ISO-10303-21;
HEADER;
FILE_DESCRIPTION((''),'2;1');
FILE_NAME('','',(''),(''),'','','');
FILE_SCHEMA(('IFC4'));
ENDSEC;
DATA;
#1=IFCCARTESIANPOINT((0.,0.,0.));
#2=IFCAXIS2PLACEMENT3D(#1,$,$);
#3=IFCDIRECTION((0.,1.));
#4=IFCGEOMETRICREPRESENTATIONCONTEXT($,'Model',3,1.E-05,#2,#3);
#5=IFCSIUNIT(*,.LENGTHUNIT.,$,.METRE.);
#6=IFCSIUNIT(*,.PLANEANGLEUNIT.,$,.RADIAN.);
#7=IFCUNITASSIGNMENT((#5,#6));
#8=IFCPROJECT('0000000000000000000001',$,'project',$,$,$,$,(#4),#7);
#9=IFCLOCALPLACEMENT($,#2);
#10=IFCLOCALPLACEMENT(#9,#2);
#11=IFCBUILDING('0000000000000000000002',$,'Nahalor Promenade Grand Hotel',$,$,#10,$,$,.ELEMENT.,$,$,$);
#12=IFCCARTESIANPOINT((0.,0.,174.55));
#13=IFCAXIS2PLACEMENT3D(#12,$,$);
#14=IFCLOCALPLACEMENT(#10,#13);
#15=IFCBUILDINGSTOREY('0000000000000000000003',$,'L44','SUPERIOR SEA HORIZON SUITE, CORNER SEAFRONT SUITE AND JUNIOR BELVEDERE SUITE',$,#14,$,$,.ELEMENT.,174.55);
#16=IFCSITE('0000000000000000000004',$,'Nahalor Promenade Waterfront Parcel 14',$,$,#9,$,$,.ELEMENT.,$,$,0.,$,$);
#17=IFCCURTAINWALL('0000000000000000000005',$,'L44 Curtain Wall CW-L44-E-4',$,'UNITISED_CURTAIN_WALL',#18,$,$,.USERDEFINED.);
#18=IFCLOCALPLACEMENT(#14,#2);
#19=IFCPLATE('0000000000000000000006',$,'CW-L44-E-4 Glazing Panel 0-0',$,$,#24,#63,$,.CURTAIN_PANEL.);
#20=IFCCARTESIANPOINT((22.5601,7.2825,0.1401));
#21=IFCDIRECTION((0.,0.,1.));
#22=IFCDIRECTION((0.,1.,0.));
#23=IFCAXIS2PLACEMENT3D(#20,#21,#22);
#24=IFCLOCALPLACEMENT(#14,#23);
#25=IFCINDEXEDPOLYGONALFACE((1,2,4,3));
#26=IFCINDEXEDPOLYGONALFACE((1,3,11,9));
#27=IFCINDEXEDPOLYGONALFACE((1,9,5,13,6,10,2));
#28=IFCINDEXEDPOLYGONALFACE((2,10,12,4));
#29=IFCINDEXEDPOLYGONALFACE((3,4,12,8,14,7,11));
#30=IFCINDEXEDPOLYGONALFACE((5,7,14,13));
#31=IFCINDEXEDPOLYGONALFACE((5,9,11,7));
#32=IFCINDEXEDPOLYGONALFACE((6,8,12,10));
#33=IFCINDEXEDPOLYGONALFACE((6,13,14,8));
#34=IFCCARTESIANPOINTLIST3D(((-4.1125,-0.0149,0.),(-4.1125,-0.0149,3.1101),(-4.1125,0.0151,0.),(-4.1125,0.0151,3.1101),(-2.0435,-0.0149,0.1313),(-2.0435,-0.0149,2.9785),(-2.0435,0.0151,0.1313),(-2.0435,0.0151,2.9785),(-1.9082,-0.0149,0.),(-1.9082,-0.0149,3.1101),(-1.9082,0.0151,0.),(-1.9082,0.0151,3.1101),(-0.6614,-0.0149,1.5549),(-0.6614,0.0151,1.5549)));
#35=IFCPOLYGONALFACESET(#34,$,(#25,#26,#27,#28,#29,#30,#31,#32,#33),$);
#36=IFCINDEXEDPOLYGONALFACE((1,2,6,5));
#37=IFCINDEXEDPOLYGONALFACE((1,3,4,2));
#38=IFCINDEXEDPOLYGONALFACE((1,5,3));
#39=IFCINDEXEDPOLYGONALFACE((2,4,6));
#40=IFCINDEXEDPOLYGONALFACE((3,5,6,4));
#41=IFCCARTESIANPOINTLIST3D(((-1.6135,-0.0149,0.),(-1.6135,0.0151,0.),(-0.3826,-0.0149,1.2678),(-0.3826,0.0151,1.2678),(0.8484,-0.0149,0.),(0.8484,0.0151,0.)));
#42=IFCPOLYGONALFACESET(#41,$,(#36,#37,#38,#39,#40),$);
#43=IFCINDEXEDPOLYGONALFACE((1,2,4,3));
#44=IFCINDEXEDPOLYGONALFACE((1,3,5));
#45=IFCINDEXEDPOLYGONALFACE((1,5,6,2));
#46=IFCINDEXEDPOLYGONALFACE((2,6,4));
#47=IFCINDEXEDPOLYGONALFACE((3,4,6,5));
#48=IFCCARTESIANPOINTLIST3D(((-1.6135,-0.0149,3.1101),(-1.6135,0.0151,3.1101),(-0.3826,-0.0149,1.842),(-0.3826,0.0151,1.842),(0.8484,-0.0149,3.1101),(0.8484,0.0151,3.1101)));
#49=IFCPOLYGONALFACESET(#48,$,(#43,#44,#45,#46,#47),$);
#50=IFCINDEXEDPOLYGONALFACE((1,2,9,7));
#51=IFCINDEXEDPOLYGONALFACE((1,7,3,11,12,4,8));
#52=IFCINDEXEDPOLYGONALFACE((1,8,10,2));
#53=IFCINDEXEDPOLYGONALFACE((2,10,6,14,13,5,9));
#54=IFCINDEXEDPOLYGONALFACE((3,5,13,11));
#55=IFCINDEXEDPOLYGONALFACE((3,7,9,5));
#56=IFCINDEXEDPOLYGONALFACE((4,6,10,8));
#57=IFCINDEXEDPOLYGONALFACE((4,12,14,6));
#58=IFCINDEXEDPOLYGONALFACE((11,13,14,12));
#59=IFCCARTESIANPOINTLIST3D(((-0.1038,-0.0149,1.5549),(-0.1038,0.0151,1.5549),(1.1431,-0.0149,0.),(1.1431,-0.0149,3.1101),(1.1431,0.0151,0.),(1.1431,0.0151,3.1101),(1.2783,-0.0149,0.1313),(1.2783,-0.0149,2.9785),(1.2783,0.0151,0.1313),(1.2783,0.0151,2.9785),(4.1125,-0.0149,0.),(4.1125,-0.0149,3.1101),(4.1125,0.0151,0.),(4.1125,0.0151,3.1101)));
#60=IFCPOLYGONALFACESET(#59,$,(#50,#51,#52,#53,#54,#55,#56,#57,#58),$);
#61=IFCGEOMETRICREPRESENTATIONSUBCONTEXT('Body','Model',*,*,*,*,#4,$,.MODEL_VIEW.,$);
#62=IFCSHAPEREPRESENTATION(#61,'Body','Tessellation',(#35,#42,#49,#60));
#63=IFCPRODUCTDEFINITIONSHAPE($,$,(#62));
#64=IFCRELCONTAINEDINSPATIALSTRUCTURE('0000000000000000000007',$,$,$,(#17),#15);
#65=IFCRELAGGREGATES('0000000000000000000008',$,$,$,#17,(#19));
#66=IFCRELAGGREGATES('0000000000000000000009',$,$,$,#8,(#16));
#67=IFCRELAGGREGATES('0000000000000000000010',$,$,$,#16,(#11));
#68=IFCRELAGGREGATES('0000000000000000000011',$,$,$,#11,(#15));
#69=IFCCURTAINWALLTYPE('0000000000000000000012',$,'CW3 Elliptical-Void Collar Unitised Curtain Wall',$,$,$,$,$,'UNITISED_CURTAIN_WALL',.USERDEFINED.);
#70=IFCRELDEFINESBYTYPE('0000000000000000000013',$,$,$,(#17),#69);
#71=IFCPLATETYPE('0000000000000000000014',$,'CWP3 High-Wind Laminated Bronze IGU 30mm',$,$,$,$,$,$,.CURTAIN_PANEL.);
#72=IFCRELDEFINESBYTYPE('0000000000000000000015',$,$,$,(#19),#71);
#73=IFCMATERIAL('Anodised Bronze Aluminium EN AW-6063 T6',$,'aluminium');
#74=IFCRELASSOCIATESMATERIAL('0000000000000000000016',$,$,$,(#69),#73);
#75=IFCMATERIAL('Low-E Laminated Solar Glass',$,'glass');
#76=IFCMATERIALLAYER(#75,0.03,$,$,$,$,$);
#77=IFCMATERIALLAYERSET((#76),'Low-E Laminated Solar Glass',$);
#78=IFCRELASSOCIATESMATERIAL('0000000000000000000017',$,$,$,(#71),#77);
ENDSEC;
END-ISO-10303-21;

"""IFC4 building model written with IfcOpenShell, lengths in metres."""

from ifc_helpers import new_model, si_unit, direction, frame, origin, place, context, subcontext, project, spatial, polyline, outline, extrude, material, layer, layer_set, type_object, element, aggregate, save


model = new_model("IFC4")

# Units and contexts
model_context = context("Model", 3, precision=1e-05, world=origin(), true_north=direction((0.0, 1.0)))
body_context = subcontext(model_context, "Body", "Model", "MODEL_VIEW")
ifc_project = project(units=[si_unit("LENGTHUNIT", "METRE"), si_unit("PLANEANGLEUNIT", "RADIAN")], contexts=[model_context])

# Site, building, storey
site_placement = place(None, origin())
site = spatial("IfcSite", under=ifc_project, at=site_placement, Name="Nahalor Promenade Waterfront Parcel 14", CompositionType="ELEMENT", RefElevation=0.0)
building_placement = place(site_placement, origin())
building = spatial("IfcBuilding", under=site, at=building_placement, Name="Nahalor Promenade Grand Hotel", CompositionType="ELEMENT")
storey_placement = place(building_placement, frame((0.0, 0.0, 174.55)))
storey = spatial("IfcBuildingStorey", under=building, at=storey_placement, Name="L44", Description="SUPERIOR SEA HORIZON SUITE, CORNER SEAFRONT SUITE AND JUNIOR BELVEDERE SUITE", CompositionType="ELEMENT", Elevation=174.55)

# Curtain wall
ifc_material_1 = material(Name="Anodised Bronze Aluminium EN AW-6063 T6", Category="aluminium")
curtain_wall_type = type_object("IfcCurtainWallType", Name="CW3 Elliptical-Void Collar Unitised Curtain Wall", ElementType="UNITISED_CURTAIN_WALL", PredefinedType="USERDEFINED", material=ifc_material_1)
curtain_wall_1_placement = place(storey_placement, origin())
curtain_wall_1 = element("IfcCurtainWall", 1, at=curtain_wall_1_placement, inside=storey, type_object=curtain_wall_type, Name="L44 Curtain Wall CW-L44-E-4", ObjectType="UNITISED_CURTAIN_WALL", PredefinedType="USERDEFINED")

# Plate
ifc_material_2 = material(Name="Low-E Laminated Solar Glass", Category="glass")
ifc_layer_1 = layer(ifc_material_2, 0.03)
ifc_layer_set_1 = layer_set([ifc_layer_1], Name="Low-E Laminated Solar Glass")
plate_type_1 = type_object("IfcPlateType", Name="CWP3 High-Wind Laminated Bronze IGU 30mm", PredefinedType="CURTAIN_PANEL", material=ifc_layer_set_1)
plate_1_placement = place(storey_placement, frame((22.5601, 7.2825, 0.1401), z_axis=(0.0, 0.0, 1.0), x_axis=(0.0, 1.0, 0.0)))
plate_1 = element("IfcPlate", 2, at=plate_1_placement, type_object=plate_type_1, Name="CW-L44-E-4 Glazing Panel 0-0", PredefinedType="CURTAIN_PANEL", context=body_context, shape_type="SweptSolid", body=[
    extrude(outline(polyline([(-4.1125, 3.1101), (-4.1125, 0.0), (-1.9082, 0.0), (-2.0435, 0.1313), (-0.6614, 1.5549), (-2.0435, 2.9785), (-1.9082, 3.1101), (-4.1125, 3.1101)])), frame((0.0, 0.0151, 0.0), z_axis=(0.0, -1.0, 0.0), x_axis=(1.0, 0.0, 0.0)), (0.0, 0.0, 1.0), 0.03),
    extrude(outline(polyline([(-0.3826, 1.2678), (-1.6135, 0.0), (0.8484, 0.0), (-0.3826, 1.2678)])), frame((0.0, 0.0151, 0.0), z_axis=(0.0, -1.0, 0.0), x_axis=(1.0, 0.0, 0.0)), (0.0, 0.0, 1.0), 0.03),
    extrude(outline(polyline([(-0.3826, 1.842), (0.8484, 3.1101), (-1.6135, 3.1101), (-0.3826, 1.842)])), frame((0.0, 0.0151, 0.0), z_axis=(0.0, -1.0, 0.0), x_axis=(1.0, 0.0, 0.0)), (0.0, 0.0, 1.0), 0.03),
    extrude(outline(polyline([(4.1125, 0.0), (4.1125, 3.1101), (1.1431, 3.1101), (1.2783, 2.9785), (-0.1038, 1.5549), (1.2783, 0.1313), (1.1431, 0.0), (4.1125, 0.0)])), frame((0.0, 0.0151, 0.0), z_axis=(0.0, -1.0, 0.0), x_axis=(1.0, 0.0, 0.0)), (0.0, 0.0, 1.0), 0.03),
])
aggregate(curtain_wall_1, [plate_1])

save(model, "model.ifc")
